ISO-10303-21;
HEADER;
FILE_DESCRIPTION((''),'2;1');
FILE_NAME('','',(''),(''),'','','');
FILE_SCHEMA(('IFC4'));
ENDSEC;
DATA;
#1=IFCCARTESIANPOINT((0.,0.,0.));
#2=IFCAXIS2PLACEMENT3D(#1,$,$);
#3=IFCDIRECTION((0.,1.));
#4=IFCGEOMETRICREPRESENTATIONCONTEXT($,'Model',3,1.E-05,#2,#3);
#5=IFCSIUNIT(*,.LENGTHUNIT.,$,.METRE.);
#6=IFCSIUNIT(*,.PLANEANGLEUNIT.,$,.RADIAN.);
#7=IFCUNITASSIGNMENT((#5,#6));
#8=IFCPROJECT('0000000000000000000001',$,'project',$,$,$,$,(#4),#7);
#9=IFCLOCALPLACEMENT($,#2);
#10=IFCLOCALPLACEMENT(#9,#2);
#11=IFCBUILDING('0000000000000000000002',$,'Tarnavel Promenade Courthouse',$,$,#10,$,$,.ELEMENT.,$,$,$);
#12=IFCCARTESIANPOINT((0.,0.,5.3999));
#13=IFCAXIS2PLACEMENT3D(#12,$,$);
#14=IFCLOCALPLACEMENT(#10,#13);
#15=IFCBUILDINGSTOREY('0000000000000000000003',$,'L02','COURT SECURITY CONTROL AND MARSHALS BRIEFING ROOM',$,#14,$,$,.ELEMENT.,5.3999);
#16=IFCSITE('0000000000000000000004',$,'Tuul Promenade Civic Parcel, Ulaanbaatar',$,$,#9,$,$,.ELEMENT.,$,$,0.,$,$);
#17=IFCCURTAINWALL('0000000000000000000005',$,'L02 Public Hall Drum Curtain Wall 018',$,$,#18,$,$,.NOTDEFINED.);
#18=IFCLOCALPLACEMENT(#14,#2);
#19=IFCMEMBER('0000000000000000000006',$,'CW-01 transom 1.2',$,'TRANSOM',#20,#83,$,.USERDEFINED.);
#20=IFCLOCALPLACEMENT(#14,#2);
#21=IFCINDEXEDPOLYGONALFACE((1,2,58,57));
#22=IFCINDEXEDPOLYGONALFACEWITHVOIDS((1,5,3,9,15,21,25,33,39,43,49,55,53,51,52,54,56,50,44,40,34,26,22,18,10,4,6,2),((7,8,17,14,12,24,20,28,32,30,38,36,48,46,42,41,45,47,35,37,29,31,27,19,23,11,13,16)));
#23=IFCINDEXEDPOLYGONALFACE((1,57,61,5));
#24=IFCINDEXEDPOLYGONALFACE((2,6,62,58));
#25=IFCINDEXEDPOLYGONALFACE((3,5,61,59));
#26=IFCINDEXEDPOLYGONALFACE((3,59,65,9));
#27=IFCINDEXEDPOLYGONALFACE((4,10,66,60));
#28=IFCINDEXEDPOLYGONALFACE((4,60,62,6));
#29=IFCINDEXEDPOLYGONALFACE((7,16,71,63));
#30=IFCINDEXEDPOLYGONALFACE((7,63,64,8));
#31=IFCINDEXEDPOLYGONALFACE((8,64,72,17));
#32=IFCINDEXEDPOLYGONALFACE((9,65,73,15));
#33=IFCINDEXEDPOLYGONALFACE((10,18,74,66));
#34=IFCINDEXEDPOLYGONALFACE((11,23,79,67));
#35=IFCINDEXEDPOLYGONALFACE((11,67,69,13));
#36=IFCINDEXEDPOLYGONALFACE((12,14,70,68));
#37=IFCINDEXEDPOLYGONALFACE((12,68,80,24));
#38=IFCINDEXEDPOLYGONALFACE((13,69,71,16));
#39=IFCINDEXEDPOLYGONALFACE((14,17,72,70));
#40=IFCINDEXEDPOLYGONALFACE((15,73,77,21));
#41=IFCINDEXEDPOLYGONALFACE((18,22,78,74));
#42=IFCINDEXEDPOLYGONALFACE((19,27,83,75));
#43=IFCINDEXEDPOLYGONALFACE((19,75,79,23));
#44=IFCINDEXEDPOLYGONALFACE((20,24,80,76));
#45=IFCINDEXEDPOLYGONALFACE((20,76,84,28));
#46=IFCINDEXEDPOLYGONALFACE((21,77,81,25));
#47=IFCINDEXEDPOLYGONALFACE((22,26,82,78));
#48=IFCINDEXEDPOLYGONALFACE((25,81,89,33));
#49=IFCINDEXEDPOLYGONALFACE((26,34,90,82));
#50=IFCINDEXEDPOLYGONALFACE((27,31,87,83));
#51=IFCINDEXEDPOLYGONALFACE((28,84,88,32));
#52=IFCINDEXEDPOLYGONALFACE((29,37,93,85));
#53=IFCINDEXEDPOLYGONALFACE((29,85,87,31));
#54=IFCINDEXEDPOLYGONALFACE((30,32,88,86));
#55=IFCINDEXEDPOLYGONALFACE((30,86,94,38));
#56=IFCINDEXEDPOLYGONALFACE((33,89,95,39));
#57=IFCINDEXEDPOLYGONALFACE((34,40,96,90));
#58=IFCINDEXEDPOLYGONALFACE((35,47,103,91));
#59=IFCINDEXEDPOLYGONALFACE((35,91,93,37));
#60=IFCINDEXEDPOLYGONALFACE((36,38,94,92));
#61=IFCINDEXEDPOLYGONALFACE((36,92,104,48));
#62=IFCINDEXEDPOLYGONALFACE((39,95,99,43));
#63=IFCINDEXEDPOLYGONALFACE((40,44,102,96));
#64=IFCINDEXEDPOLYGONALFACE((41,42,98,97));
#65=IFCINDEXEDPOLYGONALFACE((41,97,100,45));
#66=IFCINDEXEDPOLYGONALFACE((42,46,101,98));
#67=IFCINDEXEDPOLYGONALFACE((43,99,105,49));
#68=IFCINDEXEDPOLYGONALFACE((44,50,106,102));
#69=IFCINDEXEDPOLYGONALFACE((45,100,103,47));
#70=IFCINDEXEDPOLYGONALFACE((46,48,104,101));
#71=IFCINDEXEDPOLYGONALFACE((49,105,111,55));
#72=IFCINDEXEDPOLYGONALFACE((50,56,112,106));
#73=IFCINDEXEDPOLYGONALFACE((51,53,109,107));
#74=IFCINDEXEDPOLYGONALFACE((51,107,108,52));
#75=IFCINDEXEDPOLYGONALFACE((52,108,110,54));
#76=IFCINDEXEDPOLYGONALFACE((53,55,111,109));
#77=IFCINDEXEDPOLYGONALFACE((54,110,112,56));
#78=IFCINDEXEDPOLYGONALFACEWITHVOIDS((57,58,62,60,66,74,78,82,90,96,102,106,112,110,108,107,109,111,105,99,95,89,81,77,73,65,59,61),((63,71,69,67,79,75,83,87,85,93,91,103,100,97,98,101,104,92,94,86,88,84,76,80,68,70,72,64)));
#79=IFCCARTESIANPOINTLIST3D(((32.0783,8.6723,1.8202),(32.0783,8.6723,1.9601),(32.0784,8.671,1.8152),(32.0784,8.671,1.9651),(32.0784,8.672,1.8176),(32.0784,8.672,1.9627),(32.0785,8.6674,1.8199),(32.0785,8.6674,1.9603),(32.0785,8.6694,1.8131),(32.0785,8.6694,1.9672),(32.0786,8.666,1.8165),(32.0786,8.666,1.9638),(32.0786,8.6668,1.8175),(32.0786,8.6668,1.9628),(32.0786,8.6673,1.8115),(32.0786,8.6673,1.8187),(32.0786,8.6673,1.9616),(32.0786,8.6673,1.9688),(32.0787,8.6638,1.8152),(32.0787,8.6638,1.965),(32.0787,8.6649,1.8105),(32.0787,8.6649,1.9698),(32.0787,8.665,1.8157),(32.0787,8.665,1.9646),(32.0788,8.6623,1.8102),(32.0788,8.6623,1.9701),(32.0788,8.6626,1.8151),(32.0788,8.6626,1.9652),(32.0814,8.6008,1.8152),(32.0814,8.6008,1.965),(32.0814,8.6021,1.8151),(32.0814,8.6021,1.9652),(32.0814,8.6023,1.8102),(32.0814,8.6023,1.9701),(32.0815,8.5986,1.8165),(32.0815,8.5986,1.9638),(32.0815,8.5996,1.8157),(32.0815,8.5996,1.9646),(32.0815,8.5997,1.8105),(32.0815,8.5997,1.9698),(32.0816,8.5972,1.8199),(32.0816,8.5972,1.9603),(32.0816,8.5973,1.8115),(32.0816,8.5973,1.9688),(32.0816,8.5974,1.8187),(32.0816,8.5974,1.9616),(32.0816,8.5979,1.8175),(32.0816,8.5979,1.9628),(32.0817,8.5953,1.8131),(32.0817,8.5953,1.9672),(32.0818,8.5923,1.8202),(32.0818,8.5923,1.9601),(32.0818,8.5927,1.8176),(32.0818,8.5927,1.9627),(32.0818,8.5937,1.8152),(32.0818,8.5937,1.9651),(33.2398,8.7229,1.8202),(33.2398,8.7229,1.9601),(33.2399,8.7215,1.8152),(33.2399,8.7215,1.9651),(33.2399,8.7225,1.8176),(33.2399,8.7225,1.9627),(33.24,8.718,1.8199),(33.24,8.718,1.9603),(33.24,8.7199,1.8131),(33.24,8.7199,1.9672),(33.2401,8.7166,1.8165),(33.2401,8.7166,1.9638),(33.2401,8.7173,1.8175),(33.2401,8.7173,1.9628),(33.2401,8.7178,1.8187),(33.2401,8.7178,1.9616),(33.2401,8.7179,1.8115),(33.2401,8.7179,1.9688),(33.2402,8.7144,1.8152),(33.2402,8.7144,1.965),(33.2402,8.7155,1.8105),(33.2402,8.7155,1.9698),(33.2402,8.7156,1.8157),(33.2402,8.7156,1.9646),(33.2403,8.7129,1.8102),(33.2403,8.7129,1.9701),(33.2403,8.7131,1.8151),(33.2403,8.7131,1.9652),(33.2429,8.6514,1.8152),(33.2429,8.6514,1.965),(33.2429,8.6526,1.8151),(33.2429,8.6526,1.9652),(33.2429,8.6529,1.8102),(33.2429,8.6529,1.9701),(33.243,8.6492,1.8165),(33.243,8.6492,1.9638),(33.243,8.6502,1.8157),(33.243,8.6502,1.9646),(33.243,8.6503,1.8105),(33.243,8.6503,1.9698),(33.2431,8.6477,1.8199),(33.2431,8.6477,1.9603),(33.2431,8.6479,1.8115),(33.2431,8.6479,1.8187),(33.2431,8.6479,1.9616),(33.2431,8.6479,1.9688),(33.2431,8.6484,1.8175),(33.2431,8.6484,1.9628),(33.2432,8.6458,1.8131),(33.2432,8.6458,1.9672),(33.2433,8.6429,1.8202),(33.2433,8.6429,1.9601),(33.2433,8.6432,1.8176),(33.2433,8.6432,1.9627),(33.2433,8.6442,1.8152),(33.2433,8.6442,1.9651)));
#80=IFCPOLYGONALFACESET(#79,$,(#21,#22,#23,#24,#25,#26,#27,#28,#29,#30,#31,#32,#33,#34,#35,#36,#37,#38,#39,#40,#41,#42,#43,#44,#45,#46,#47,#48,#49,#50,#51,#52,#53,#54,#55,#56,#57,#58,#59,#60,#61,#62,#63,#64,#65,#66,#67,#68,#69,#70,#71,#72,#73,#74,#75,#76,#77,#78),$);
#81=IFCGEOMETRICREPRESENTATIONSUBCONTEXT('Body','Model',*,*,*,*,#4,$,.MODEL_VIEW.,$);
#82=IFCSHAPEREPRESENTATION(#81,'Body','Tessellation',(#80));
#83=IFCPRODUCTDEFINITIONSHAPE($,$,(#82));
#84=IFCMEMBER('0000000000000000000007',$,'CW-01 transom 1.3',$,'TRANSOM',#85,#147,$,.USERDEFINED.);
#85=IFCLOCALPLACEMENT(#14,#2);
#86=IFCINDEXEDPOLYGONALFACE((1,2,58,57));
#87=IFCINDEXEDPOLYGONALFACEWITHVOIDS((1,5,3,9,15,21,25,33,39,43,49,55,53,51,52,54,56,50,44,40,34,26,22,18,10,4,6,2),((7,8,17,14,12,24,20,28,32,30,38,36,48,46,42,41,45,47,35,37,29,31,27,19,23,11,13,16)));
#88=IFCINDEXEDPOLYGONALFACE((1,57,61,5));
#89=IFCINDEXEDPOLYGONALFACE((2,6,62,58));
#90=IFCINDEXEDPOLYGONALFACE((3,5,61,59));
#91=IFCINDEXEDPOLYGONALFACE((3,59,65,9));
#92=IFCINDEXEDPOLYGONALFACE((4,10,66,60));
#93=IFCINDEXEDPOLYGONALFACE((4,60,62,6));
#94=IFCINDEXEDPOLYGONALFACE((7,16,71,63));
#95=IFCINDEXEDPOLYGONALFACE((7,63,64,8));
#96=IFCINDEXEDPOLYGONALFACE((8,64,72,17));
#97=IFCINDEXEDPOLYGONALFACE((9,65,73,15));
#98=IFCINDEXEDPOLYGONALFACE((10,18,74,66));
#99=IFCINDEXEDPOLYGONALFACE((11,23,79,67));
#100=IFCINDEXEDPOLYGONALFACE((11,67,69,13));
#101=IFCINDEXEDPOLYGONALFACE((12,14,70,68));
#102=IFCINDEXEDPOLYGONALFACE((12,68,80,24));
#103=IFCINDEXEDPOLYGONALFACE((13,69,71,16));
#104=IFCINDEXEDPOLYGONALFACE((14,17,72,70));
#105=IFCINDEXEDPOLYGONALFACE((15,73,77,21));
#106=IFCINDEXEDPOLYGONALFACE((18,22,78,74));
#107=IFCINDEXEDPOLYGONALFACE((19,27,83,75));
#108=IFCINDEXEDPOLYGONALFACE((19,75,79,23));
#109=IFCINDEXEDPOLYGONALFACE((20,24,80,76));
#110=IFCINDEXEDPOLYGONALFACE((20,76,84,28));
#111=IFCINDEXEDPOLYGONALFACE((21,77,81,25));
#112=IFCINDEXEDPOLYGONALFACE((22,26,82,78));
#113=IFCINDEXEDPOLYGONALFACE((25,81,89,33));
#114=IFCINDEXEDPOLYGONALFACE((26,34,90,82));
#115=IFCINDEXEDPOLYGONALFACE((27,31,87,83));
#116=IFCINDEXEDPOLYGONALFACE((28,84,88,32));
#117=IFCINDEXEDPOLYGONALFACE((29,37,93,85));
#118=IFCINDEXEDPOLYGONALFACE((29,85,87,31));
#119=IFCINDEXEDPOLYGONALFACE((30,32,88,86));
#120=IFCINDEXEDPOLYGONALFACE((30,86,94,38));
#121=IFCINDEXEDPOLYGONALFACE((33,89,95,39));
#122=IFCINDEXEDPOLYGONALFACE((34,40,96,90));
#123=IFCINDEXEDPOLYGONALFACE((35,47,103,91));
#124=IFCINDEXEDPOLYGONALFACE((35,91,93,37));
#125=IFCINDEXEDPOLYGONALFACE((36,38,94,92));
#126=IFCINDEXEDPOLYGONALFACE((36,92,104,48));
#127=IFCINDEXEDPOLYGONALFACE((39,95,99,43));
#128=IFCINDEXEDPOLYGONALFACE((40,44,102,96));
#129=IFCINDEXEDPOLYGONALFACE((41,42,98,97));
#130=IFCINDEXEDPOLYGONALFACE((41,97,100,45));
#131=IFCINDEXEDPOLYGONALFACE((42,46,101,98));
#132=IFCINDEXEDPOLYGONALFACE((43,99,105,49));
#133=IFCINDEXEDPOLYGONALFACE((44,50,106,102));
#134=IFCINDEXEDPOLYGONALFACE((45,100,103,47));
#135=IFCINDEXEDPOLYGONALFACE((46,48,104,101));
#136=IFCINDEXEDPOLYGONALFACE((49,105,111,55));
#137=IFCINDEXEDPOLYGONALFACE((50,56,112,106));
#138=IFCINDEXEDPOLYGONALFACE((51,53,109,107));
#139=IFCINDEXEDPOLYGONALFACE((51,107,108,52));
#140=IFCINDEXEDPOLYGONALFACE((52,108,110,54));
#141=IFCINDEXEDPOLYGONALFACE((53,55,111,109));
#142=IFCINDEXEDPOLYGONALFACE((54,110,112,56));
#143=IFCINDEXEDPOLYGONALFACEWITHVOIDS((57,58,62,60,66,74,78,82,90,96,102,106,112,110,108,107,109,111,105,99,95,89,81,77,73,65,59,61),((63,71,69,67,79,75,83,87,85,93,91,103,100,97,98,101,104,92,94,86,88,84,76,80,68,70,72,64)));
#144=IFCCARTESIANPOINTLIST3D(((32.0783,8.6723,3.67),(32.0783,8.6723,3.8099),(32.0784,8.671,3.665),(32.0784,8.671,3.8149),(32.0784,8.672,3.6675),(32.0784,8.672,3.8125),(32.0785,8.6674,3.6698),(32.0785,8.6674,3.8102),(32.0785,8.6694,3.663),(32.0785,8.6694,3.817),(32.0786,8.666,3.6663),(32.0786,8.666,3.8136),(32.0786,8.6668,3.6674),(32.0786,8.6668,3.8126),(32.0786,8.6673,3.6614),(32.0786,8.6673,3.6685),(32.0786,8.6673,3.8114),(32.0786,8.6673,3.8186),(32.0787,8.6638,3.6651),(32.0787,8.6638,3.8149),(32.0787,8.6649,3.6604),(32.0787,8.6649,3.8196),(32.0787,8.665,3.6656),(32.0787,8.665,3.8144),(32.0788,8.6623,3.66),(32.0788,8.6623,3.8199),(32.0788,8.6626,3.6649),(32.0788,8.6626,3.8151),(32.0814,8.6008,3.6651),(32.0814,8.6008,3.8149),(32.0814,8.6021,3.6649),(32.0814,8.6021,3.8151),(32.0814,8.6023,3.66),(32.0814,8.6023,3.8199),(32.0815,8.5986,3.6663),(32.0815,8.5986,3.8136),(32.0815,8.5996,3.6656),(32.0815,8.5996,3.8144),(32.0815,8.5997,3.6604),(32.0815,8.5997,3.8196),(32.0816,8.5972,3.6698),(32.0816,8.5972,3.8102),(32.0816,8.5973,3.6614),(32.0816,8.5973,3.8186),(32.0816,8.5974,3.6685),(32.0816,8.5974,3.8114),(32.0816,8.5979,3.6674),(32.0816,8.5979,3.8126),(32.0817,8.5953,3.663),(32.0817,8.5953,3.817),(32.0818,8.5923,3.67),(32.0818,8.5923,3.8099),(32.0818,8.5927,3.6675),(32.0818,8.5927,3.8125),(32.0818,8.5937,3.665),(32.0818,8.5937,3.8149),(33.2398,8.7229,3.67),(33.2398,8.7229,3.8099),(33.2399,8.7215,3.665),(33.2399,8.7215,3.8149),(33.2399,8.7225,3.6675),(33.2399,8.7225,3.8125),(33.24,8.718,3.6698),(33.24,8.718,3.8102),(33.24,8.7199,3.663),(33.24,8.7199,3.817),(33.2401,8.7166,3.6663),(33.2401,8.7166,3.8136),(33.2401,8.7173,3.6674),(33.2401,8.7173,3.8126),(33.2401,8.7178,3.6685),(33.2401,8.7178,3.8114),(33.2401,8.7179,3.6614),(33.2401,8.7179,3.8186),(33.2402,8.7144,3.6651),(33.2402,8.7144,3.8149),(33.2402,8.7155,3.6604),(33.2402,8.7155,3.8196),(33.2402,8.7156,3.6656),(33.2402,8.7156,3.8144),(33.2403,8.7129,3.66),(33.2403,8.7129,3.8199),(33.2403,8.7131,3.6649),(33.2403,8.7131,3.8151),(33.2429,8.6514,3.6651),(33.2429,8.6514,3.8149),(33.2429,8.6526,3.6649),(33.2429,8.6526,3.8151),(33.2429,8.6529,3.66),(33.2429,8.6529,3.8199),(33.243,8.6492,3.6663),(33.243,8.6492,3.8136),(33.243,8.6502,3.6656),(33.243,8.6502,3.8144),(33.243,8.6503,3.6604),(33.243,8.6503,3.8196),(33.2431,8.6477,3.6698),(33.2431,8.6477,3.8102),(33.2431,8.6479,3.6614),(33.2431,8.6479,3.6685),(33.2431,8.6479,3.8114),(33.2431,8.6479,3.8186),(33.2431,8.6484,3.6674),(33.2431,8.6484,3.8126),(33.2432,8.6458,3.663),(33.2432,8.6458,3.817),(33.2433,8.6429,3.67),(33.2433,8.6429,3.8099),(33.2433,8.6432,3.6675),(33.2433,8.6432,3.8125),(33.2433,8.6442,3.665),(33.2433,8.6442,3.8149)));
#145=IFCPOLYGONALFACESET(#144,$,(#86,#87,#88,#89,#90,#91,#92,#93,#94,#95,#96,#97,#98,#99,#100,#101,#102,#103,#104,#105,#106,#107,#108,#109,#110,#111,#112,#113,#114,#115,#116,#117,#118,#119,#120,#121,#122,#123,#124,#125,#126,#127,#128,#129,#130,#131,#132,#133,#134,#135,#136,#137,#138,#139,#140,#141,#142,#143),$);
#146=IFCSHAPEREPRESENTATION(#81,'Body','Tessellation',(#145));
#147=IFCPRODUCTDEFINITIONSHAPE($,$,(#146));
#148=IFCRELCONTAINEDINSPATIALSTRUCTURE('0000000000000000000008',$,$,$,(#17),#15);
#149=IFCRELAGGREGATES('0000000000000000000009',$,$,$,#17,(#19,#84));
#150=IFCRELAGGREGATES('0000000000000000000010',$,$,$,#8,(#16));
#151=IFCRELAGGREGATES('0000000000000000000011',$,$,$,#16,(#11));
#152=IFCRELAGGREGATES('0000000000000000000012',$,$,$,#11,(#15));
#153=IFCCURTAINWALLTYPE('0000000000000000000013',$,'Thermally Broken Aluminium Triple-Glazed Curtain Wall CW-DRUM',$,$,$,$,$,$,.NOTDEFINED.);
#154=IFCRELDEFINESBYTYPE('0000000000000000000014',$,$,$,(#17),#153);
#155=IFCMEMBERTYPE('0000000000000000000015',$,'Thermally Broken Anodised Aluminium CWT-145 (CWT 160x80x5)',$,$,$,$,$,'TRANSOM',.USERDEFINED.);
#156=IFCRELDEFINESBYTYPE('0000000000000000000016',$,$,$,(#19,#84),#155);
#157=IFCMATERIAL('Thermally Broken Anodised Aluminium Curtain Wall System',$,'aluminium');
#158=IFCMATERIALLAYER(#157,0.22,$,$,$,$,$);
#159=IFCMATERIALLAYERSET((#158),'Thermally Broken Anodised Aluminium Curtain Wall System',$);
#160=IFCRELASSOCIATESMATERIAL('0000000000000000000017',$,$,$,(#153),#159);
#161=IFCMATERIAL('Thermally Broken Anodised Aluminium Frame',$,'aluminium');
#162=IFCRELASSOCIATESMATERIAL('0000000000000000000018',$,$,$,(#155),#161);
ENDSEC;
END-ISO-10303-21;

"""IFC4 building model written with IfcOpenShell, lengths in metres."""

from ifc_helpers import new_model, si_unit, direction, frame, origin, origin_2d, place, context, subcontext, project, spatial, hollow_rectangle, extrude, material, layer, layer_set, material_profile, profile_set, type_object, element, aggregate, save


model = new_model("IFC4")

# Units and contexts
model_context = context("Model", 3, precision=1e-05, world=origin(), true_north=direction((0.0, 1.0)))
body_context = subcontext(model_context, "Body", "Model", "MODEL_VIEW")
ifc_project = project(units=[si_unit("LENGTHUNIT", "METRE"), si_unit("PLANEANGLEUNIT", "RADIAN")], contexts=[model_context])

# Site, building, storey
site_placement = place(None, origin())
site = spatial("IfcSite", under=ifc_project, at=site_placement, Name="Tuul Promenade Civic Parcel, Ulaanbaatar", CompositionType="ELEMENT", RefElevation=0.0)
building_placement = place(site_placement, origin())
building = spatial("IfcBuilding", under=site, at=building_placement, Name="Tarnavel Promenade Courthouse", CompositionType="ELEMENT")
storey_placement = place(building_placement, frame((0.0, 0.0, 5.3999)))
storey = spatial("IfcBuildingStorey", under=building, at=storey_placement, Name="L02", Description="COURT SECURITY CONTROL AND MARSHALS BRIEFING ROOM", CompositionType="ELEMENT", Elevation=5.3999)

# Shared definitions
ifc_material_1 = material(Name="Thermally Broken Anodised Aluminium Curtain Wall System", Category="aluminium")
ifc_layer_1 = layer(ifc_material_1, 0.22)
ifc_layer_set_1 = layer_set([ifc_layer_1], Name="Thermally Broken Anodised Aluminium Curtain Wall System")
curtain_wall_type = type_object("IfcCurtainWallType", Name="Thermally Broken Aluminium Triple-Glazed Curtain Wall CW-DRUM", PredefinedType="NOTDEFINED", material=ifc_layer_set_1)
ifc_material_2 = material(Name="Thermally Broken Anodised Aluminium Frame", Category="aluminium")

# Curtain wall
curtain_wall_1_placement = place(storey_placement, origin())
curtain_wall_1 = element("IfcCurtainWall", 1, at=curtain_wall_1_placement, inside=storey, type_object=curtain_wall_type, Name="L02 Public Hall Drum Curtain Wall 018", PredefinedType="NOTDEFINED")

# Members
ifc_material_profile_1 = material_profile(ifc_material_2, hollow_rectangle(XDim=0.0801, YDim=0.1599, WallThickness=0.0049, InnerFilletRadius=0.0049, OuterFilletRadius=0.01, at=origin_2d()), Name="CWT 160x80x5")
ifc_profile_set_1 = profile_set([ifc_material_profile_1], Name="Thermally Broken Anodised Aluminium Frame")
member_type_1 = type_object("IfcMemberType", Name="Thermally Broken Anodised Aluminium CWT-145 (CWT 160x80x5)", ElementType="TRANSOM", PredefinedType="USERDEFINED", material=ifc_profile_set_1)
member_1_placement = place(storey_placement, frame((32.0801, 8.6323, 1.8901), z_axis=(0.999055, 0.043474, 0.0), x_axis=(-0.043474, 0.999055, 0.0)))
member_1 = element("IfcMember", 2, at=member_1_placement, type_object=member_type_1, Name="CW-01 transom 1.2", ObjectType="TRANSOM", PredefinedType="USERDEFINED", context=body_context, shape_type="SweptSolid", body=[
    extrude(hollow_rectangle(XDim=0.0801, YDim=0.1599, WallThickness=0.0049, InnerFilletRadius=0.0049, OuterFilletRadius=0.01, at=origin_2d()), origin(), (0.0, 0.0, 1.0), 1.1626),
])
member_2_placement = place(storey_placement, frame((32.0801, 8.6323, 3.74), z_axis=(0.999055, 0.043474, 0.0), x_axis=(-0.043474, 0.999055, 0.0)))
member_2 = element("IfcMember", 3, at=member_2_placement, type_object=member_type_1, Name="CW-01 transom 1.3", ObjectType="TRANSOM", PredefinedType="USERDEFINED", context=body_context, shape_type="SweptSolid", body=[
    extrude(hollow_rectangle(XDim=0.0801, YDim=0.1599, WallThickness=0.0049, InnerFilletRadius=0.0049, OuterFilletRadius=0.01, at=origin_2d()), origin(), (0.0, 0.0, 1.0), 1.1626),
])

aggregate(curtain_wall_1, [member_1, member_2])

save(model, "model.ifc")
